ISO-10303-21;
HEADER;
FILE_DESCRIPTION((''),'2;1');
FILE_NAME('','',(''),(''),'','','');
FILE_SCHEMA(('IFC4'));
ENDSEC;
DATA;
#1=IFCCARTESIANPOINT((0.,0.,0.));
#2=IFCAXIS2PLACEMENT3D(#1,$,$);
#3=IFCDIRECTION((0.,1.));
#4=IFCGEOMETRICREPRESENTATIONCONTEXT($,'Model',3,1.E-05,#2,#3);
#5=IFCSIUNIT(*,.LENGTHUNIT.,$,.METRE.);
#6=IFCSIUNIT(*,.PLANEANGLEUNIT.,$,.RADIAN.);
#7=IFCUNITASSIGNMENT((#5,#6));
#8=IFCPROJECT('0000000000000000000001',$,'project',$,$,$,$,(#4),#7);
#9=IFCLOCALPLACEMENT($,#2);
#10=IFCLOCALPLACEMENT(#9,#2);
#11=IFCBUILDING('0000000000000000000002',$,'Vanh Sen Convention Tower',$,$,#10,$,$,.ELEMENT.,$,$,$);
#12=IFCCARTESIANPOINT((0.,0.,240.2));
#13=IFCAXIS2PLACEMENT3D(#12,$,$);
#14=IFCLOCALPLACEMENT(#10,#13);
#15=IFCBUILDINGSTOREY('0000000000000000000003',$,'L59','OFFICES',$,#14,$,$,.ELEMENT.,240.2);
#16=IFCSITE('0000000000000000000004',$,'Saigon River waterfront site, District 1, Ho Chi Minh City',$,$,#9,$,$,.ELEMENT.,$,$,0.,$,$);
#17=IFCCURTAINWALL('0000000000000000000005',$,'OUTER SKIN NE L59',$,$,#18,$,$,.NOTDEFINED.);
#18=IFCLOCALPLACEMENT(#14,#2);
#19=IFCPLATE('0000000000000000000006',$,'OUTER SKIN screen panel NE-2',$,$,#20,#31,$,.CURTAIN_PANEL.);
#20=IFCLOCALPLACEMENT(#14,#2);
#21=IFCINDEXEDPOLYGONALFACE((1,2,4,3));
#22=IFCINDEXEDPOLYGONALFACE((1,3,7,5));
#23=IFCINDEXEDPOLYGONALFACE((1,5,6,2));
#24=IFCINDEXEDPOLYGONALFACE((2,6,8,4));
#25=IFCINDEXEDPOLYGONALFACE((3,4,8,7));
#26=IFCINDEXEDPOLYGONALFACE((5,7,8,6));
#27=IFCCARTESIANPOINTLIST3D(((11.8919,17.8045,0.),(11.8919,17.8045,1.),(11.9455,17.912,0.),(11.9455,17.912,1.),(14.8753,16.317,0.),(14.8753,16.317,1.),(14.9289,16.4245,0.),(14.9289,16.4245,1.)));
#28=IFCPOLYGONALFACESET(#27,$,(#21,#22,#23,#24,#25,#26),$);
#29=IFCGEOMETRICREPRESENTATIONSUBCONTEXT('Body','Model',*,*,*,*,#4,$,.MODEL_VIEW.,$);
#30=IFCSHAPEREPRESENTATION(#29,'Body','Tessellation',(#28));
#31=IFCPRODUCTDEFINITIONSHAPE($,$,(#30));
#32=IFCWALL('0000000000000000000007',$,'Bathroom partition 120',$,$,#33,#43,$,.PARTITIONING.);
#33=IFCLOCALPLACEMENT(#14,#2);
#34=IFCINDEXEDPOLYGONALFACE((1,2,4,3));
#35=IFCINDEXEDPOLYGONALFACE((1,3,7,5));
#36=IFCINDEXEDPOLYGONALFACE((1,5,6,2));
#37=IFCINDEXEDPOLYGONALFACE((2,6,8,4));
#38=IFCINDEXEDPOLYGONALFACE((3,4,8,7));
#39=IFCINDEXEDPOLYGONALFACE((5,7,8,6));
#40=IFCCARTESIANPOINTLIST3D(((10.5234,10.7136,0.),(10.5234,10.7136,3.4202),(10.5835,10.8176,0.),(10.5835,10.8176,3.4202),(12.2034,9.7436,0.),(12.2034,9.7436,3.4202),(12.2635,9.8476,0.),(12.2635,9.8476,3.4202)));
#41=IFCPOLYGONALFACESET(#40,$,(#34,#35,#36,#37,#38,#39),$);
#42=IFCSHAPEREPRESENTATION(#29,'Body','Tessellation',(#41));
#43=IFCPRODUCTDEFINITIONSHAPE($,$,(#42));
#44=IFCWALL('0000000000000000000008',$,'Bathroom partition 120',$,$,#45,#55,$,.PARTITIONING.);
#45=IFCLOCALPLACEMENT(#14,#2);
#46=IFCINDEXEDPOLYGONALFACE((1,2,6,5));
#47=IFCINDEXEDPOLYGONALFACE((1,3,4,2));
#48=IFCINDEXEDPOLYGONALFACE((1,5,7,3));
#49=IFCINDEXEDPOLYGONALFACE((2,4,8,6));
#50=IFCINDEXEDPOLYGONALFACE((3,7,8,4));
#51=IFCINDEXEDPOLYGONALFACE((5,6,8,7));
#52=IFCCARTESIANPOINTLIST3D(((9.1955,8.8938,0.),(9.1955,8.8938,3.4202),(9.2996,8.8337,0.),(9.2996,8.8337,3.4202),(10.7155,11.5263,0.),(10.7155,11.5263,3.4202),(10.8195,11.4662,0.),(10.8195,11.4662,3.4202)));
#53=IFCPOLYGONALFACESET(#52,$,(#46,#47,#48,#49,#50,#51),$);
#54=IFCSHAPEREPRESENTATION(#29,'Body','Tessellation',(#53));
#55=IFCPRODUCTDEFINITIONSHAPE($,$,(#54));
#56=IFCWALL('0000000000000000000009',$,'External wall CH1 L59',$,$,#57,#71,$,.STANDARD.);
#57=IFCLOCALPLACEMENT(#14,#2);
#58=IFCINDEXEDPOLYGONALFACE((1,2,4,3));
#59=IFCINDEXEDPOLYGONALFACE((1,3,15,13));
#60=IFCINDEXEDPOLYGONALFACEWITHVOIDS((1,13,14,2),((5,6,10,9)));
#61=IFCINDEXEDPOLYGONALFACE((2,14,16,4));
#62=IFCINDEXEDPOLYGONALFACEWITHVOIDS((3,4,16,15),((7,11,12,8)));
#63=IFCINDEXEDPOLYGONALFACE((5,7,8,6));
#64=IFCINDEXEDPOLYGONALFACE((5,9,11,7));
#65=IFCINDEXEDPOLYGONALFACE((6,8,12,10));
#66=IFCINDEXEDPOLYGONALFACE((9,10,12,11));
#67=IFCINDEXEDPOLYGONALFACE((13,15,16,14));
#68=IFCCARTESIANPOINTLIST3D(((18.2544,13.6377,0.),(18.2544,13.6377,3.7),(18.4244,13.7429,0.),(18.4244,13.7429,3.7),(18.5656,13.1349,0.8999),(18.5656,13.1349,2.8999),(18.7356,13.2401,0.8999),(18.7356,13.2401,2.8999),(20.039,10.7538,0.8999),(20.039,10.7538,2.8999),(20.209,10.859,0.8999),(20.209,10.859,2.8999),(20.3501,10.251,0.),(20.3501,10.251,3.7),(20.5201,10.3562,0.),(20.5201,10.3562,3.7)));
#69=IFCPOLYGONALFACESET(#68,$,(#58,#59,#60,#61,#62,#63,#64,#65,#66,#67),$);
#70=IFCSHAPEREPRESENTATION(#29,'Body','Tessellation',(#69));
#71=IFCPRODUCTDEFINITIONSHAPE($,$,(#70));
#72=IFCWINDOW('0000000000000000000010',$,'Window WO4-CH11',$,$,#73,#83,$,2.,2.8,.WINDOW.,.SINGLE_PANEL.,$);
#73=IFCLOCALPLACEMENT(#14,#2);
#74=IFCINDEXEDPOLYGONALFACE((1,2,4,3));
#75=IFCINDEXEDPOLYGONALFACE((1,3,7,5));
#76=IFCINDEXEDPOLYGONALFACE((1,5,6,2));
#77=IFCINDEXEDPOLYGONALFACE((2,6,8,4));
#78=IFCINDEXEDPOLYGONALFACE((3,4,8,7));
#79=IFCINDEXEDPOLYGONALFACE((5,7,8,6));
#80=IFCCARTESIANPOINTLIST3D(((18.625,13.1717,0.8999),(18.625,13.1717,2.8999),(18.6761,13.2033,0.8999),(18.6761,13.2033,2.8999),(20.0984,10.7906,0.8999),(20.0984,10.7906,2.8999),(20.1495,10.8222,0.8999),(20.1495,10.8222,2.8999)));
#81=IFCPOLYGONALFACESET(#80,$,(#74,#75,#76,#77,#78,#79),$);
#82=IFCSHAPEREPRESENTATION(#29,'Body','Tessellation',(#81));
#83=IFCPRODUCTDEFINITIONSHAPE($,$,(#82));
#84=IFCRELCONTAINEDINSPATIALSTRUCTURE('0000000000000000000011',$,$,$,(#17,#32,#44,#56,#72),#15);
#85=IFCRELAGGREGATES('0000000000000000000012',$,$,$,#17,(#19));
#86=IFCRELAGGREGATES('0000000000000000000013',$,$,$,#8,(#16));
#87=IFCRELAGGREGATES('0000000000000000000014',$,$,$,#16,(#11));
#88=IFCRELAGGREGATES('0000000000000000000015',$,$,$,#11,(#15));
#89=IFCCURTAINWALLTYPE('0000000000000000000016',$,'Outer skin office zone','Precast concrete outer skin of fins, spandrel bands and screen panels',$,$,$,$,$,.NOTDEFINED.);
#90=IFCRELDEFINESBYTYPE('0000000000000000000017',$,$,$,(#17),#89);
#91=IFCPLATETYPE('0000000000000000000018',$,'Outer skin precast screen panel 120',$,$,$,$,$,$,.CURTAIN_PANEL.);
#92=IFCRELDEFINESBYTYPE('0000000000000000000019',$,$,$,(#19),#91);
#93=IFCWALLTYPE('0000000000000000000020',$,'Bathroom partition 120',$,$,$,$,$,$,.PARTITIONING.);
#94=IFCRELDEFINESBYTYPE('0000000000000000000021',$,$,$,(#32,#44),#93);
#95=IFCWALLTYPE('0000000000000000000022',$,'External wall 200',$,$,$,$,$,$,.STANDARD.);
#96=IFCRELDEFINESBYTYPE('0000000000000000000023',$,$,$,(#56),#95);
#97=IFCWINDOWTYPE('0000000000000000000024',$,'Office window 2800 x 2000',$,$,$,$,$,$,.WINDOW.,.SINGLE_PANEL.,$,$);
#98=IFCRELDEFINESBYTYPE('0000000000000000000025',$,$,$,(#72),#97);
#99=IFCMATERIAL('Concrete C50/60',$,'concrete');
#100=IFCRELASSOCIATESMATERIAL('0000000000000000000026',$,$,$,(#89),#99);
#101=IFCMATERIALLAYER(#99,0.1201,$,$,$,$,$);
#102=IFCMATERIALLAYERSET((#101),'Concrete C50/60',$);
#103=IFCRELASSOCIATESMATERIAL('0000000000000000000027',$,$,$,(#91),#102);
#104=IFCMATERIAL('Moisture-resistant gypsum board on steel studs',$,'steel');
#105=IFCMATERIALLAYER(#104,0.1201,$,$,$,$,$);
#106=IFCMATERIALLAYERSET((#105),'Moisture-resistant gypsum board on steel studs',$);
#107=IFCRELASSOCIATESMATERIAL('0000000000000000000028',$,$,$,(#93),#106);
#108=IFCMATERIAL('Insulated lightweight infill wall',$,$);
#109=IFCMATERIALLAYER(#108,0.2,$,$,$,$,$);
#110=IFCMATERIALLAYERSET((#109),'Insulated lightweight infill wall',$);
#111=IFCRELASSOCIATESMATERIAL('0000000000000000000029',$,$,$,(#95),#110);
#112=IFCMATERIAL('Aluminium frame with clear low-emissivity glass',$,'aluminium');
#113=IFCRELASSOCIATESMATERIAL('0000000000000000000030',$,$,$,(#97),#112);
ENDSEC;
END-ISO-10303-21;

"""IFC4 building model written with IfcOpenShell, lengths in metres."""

from ifc_helpers import new_model, si_unit, direction, frame, frame_2d, origin, origin_2d, place, context, subcontext, project, spatial, rectangle, extrude, material, layer, layer_set, type_object, element, fill, aggregate, save


model = new_model("IFC4")

# Units and contexts
model_context = context("Model", 3, precision=1e-05, world=origin(), true_north=direction((0.0, 1.0)))
body_context = subcontext(model_context, "Body", "Model", "MODEL_VIEW")
ifc_project = project(units=[si_unit("LENGTHUNIT", "METRE"), si_unit("PLANEANGLEUNIT", "RADIAN")], contexts=[model_context])

# Site, building, storey
site_placement = place(None, origin())
site = spatial("IfcSite", under=ifc_project, at=site_placement, Name="Saigon River waterfront site, District 1, Ho Chi Minh City", CompositionType="ELEMENT", RefElevation=0.0)
building_placement = place(site_placement, origin())
building = spatial("IfcBuilding", under=site, at=building_placement, Name="Vanh Sen Convention Tower", CompositionType="ELEMENT")
storey_placement = place(building_placement, frame((0.0, 0.0, 240.2)))
storey = spatial("IfcBuildingStorey", under=building, at=storey_placement, Name="L59", Description="OFFICES", CompositionType="ELEMENT", Elevation=240.2)

# Curtain wall
ifc_material_1 = material(Name="Concrete C50/60", Category="concrete")
curtain_wall_type = type_object("IfcCurtainWallType", Name="Outer skin office zone", Description="Precast concrete outer skin of fins, spandrel bands and screen panels", PredefinedType="NOTDEFINED", material=ifc_material_1)
curtain_wall_1_placement = place(storey_placement, origin())
curtain_wall_1 = element("IfcCurtainWall", 1, at=curtain_wall_1_placement, inside=storey, type_object=curtain_wall_type, Name="OUTER SKIN NE L59", PredefinedType="NOTDEFINED")

# Shared definitions
ifc_layer_1 = layer(ifc_material_1, 0.1201)
ifc_layer_set_1 = layer_set([ifc_layer_1], Name="Concrete C50/60")
plate_type = type_object("IfcPlateType", Name="Outer skin precast screen panel 120", PredefinedType="CURTAIN_PANEL", material=ifc_layer_set_1)

# Plate
plate_1_placement = place(storey_placement, frame((13.4104, 17.1145, 0.0), z_axis=(0.0, 0.0, 1.0), x_axis=(-0.894936, 0.446195, 0.0)))
plate_1 = element("IfcPlate", 2, at=plate_1_placement, type_object=plate_type, Name="OUTER SKIN screen panel NE-2", PredefinedType="CURTAIN_PANEL", context=body_context, shape_type="SweptSolid", body=[
    extrude(rectangle(XDim=3.3337, YDim=0.1201, at=origin_2d()), origin(), (0.0, 0.0, 1.0), 1.0),
])
aggregate(curtain_wall_1, [plate_1])

# Walls
ifc_material_2 = material(Name="Moisture-resistant gypsum board on steel studs", Category="steel")
ifc_layer_2 = layer(ifc_material_2, 0.1201)
ifc_layer_set_2 = layer_set([ifc_layer_2], Name="Moisture-resistant gypsum board on steel studs")
wall_type_1 = type_object("IfcWallType", Name="Bathroom partition 120", PredefinedType="PARTITIONING", material=ifc_layer_set_2)
wall_1_placement = place(storey_placement, frame((10.5535, 10.7656, 0.0), z_axis=(0.0, 0.0, 1.0), x_axis=(0.866012, -0.500024, 0.0)))
element("IfcWall", 3, at=wall_1_placement, inside=storey, type_object=wall_type_1, Name="Bathroom partition 120", PredefinedType="PARTITIONING", context=body_context, shape_type="SweptSolid", body=[
    extrude(rectangle(XDim=1.9399, YDim=0.1201, at=frame_2d((0.97, 0.0))), origin(), (0.0, 0.0, 1.0), 3.4202),
])
wall_2_placement = place(storey_placement, frame((10.7676, 11.4963, 0.0), z_axis=(0.0, 0.0, 1.0), x_axis=(-0.500026, -0.86601, 0.0)))
element("IfcWall", 4, at=wall_2_placement, inside=storey, type_object=wall_type_1, Name="Bathroom partition 120", PredefinedType="PARTITIONING", context=body_context, shape_type="SweptSolid", body=[
    extrude(rectangle(XDim=3.0398, YDim=0.1201, at=frame_2d((1.52, 0.0))), origin(), (0.0, 0.0, 1.0), 3.4202),
])

# Wall, opening, window
ifc_material_3 = material(Name="Insulated lightweight infill wall")
ifc_layer_3 = layer(ifc_material_3, 0.2)
ifc_layer_set_3 = layer_set([ifc_layer_3], Name="Insulated lightweight infill wall")
wall_type_2 = type_object("IfcWallType", Name="External wall 200", PredefinedType="STANDARD", material=ifc_layer_set_3)
wall_3_placement = place(storey_placement, frame((20.4351, 10.3037, 0.0), z_axis=(0.0, 0.0, 1.0), x_axis=(-0.526203, 0.850359, 0.0)))
wall_3 = element("IfcWall", 5, at=wall_3_placement, inside=storey, type_object=wall_type_2, Name="External wall CH1 L59", PredefinedType="STANDARD", context=body_context, shape_type="SweptSolid", body=[
    extrude(rectangle(XDim=3.9827, YDim=0.2, at=frame_2d((1.9912, 0.0))), origin(), (0.0, 0.0, 1.0), 3.7),
])
opening_1_placement = place(wall_3_placement, frame((0.5913, 0.0, 0.8999)))
opening_1 = element("IfcOpeningElement", 6, at=opening_1_placement, cuts=wall_3, PredefinedType="OPENING", context=body_context, shape_type="SweptSolid", body=[
    extrude(rectangle(XDim=2.8, YDim=2.0, at=frame_2d((1.3999, 1.0))), frame((0.0, 0.1099, 0.0), z_axis=(0.0, -1.0, 0.0), x_axis=(1.0, 0.0, 0.0)), (0.0, 0.0, 1.0), 0.22),
])
ifc_material_4 = material(Name="Aluminium frame with clear low-emissivity glass", Category="aluminium")
window_type_1 = type_object("IfcWindowType", Name="Office window 2800 x 2000", PartitioningType="SINGLE_PANEL", PredefinedType="WINDOW", material=ifc_material_4)
window_1_placement = place(opening_1_placement, origin())
window_1 = element("IfcWindow", 7, at=window_1_placement, inside=storey, type_object=window_type_1, Name="Window WO4-CH11", OverallHeight=2.0, OverallWidth=2.8, PartitioningType="SINGLE_PANEL", PredefinedType="WINDOW", context=body_context, shape_type="SweptSolid", body=[
    extrude(rectangle(XDim=2.8, YDim=2.0, at=frame_2d((1.3999, 1.0))), frame((0.0, 0.03, 0.0), z_axis=(0.0, -1.0, 0.0), x_axis=(1.0, 0.0, 0.0)), (0.0, 0.0, 1.0), 0.0601),
])
fill(opening_1, window_1)

save(model, "model.ifc")
